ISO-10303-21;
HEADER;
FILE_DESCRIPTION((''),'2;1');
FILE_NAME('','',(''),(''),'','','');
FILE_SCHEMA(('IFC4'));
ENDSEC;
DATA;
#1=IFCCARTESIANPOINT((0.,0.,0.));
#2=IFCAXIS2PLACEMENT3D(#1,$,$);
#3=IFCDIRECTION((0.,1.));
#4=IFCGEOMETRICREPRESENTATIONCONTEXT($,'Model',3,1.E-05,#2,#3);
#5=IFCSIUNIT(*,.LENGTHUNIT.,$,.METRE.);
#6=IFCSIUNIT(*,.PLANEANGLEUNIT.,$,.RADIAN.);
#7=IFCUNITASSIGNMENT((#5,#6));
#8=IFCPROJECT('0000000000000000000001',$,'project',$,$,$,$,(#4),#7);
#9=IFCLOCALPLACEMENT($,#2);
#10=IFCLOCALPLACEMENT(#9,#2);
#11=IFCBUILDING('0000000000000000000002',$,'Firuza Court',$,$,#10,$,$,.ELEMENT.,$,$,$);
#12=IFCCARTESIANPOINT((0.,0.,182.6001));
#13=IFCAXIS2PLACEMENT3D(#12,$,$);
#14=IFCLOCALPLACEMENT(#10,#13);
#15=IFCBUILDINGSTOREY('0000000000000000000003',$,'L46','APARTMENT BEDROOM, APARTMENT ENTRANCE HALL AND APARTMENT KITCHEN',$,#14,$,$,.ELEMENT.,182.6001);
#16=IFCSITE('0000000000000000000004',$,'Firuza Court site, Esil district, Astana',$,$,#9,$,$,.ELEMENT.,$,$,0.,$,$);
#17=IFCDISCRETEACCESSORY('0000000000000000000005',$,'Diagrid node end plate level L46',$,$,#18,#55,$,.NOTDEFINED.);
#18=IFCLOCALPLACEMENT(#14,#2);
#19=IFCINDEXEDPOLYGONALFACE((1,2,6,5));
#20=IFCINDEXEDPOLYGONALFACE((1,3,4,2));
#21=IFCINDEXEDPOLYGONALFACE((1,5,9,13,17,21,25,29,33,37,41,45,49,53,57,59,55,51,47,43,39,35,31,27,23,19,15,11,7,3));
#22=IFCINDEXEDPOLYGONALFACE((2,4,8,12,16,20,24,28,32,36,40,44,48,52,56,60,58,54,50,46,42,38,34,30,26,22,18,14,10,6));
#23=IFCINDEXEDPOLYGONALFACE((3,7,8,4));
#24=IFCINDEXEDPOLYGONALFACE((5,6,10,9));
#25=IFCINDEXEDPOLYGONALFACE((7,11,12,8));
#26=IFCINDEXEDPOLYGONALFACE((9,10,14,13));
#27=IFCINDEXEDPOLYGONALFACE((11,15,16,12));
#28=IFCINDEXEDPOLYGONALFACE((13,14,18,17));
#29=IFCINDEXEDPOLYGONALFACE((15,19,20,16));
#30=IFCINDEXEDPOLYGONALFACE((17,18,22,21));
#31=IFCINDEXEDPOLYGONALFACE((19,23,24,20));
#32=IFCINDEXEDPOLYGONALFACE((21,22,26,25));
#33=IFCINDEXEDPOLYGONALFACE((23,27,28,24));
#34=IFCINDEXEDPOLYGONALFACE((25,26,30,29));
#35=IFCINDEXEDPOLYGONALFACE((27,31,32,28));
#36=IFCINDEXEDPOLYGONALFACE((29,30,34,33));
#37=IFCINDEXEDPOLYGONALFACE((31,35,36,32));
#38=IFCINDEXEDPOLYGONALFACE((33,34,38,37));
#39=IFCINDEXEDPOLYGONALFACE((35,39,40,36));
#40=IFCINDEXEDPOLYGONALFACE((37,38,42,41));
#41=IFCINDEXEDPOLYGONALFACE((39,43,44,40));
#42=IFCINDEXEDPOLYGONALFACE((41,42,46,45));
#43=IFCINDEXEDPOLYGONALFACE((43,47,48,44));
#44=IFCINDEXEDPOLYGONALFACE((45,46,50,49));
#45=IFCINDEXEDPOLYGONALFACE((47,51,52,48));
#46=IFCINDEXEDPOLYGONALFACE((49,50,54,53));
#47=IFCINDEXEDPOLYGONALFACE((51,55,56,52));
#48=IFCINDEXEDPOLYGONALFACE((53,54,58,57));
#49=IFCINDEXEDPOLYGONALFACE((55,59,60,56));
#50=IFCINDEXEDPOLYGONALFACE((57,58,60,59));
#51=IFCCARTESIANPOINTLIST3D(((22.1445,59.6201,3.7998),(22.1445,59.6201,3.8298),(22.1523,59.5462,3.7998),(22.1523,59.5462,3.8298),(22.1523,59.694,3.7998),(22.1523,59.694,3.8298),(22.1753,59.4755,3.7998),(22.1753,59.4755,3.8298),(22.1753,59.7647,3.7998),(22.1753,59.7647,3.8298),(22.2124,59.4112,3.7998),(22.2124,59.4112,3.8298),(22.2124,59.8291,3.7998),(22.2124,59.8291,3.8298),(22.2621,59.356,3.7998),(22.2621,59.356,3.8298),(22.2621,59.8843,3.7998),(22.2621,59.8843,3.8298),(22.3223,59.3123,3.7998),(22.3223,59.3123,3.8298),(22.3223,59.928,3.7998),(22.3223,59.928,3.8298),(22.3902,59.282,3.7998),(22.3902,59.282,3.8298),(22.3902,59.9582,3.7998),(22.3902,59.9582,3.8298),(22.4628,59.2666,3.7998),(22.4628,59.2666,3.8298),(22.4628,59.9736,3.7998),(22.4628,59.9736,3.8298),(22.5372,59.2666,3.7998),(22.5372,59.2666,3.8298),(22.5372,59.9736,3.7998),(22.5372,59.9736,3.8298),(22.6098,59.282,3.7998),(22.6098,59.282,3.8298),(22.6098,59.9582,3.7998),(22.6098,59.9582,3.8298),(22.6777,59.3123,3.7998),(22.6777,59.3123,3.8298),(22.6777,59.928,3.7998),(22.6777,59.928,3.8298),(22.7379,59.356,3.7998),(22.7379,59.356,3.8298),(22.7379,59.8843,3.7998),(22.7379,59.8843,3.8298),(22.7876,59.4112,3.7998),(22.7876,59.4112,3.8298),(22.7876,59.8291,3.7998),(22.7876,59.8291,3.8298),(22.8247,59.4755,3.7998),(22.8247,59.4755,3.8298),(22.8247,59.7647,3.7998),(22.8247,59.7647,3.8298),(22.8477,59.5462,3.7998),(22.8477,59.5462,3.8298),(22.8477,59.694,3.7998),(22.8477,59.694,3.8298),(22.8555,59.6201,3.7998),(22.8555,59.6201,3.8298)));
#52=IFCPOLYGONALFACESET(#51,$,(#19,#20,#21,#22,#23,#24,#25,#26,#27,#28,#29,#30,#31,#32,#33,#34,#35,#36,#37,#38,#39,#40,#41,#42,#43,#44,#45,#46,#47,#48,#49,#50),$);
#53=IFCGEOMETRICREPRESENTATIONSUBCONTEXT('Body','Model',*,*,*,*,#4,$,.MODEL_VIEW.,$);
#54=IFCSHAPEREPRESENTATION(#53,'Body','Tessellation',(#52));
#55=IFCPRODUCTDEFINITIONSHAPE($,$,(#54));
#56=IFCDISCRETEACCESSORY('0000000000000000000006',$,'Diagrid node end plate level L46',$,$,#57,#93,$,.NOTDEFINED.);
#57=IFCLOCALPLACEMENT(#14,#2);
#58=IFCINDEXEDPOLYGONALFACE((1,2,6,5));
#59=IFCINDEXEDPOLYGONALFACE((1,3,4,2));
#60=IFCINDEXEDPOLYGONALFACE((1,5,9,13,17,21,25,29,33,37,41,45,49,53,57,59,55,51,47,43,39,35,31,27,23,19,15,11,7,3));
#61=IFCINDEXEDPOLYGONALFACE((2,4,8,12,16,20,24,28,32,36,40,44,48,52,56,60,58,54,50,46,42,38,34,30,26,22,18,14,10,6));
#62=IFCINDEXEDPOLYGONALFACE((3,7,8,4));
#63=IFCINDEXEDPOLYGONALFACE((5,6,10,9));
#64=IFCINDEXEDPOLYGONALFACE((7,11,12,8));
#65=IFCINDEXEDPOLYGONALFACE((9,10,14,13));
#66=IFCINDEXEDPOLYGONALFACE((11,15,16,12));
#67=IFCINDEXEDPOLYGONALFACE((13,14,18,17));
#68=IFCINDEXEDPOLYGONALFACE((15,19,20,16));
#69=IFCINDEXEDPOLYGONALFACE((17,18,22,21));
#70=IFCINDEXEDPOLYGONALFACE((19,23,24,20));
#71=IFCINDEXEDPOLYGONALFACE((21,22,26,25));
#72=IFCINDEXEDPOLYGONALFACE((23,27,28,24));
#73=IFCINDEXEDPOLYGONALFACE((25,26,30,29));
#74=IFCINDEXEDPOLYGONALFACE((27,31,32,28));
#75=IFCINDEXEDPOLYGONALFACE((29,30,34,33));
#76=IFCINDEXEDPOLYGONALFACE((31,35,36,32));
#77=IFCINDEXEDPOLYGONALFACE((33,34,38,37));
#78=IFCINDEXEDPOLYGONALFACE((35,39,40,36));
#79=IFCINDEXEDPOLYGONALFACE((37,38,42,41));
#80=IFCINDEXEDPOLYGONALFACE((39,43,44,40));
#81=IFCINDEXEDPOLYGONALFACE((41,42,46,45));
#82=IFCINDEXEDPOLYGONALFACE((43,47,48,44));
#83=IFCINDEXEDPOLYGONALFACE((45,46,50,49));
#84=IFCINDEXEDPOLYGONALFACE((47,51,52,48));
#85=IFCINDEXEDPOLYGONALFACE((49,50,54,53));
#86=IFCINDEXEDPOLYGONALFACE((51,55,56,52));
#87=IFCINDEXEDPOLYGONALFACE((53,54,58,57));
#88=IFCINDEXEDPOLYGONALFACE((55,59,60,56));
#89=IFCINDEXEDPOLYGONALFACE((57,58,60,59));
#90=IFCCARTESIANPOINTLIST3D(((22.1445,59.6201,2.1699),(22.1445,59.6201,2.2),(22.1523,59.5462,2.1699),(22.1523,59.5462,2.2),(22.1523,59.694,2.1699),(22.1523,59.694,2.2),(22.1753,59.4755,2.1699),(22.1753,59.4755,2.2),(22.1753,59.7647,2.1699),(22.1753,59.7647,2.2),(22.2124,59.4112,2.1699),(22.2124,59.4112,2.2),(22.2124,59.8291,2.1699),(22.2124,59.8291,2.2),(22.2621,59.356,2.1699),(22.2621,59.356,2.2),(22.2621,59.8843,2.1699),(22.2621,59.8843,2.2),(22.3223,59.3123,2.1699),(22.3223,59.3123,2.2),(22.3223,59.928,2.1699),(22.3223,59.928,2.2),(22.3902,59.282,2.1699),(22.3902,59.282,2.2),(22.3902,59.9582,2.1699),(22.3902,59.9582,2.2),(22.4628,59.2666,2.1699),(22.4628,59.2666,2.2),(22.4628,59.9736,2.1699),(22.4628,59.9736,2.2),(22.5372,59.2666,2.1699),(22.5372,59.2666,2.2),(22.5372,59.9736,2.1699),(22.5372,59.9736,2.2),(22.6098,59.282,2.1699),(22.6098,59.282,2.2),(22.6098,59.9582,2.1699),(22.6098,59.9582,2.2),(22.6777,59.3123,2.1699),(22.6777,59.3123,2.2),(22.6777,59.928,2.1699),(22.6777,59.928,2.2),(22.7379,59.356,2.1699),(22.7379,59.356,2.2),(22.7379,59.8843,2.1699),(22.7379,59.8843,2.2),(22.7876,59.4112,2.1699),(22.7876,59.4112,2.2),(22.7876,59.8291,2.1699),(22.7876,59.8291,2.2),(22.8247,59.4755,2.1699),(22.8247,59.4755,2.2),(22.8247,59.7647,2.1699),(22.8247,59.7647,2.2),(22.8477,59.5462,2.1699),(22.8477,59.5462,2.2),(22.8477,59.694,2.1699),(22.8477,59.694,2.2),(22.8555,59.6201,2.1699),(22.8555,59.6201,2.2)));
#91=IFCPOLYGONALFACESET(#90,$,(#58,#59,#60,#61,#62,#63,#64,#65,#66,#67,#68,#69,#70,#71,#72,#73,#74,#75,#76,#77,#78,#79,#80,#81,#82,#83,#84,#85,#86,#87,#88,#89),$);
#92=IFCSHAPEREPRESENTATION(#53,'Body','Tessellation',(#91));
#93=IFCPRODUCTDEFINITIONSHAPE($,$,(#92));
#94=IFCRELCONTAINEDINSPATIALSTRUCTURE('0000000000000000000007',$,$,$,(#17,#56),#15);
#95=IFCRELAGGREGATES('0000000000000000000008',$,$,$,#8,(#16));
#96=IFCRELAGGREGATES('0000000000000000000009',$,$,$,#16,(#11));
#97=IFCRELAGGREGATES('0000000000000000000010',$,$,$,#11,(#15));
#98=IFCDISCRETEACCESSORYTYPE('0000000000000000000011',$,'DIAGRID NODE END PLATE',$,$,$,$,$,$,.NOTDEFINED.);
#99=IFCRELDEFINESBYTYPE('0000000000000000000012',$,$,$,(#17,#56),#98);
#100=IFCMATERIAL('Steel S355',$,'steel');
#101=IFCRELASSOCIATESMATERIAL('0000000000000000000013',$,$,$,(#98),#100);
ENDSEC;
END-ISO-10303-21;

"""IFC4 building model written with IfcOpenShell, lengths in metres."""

from ifc_helpers import new_model, si_unit, direction, frame, origin, origin_2d, place, context, subcontext, project, spatial, circle, extrude, material, material_profile, profile_set, type_object, element, save


model = new_model("IFC4")

# Units and contexts
model_context = context("Model", 3, precision=1e-05, world=origin(), true_north=direction((0.0, 1.0)))
body_context = subcontext(model_context, "Body", "Model", "MODEL_VIEW")
ifc_project = project(units=[si_unit("LENGTHUNIT", "METRE"), si_unit("PLANEANGLEUNIT", "RADIAN")], contexts=[model_context])

# Site, building, storey
site_placement = place(None, origin())
site = spatial("IfcSite", under=ifc_project, at=site_placement, Name="Firuza Court site, Esil district, Astana", CompositionType="ELEMENT", RefElevation=0.0)
building_placement = place(site_placement, origin())
building = spatial("IfcBuilding", under=site, at=building_placement, Name="Firuza Court", CompositionType="ELEMENT")
storey_placement = place(building_placement, frame((0.0, 0.0, 182.6001)))
storey = spatial("IfcBuildingStorey", under=building, at=storey_placement, Name="L46", Description="APARTMENT BEDROOM, APARTMENT ENTRANCE HALL AND APARTMENT KITCHEN", CompositionType="ELEMENT", Elevation=182.6001)

# Discrete accessories
ifc_material_1 = material(Name="Steel S355", Category="steel")
ifc_material_profile_1 = material_profile(ifc_material_1, circle(Radius=0.3555, at=origin_2d()), Name="PL D711")
ifc_profile_set_1 = profile_set([ifc_material_profile_1], Name="Steel S355")
discrete_accessory_type = type_object("IfcDiscreteAccessoryType", Name="DIAGRID NODE END PLATE", PredefinedType="NOTDEFINED", material=ifc_profile_set_1)
for number, where, z_axis, x_axis, name in (
    (1, (22.5, 59.6201, 3.7998), (0.0, 0.0, 1.0), (1.0, 0.0, 0.0), "Diagrid node end plate level L46"),
    (2, (22.5, 59.6201, 2.1699), (0.0, 0.0, 1.0), (1.0, 0.0, 0.0), "Diagrid node end plate level L46"),
):
    element("IfcDiscreteAccessory", number, at=place(storey_placement, frame(where, z_axis=z_axis, x_axis=x_axis)), inside=storey, type_object=discrete_accessory_type, Name=name, PredefinedType="NOTDEFINED", context=body_context, shape_type="SweptSolid", body=[
        extrude(circle(Radius=0.3555, at=origin_2d()), origin(), (0.0, 0.0, 1.0), 0.03),
    ])

save(model, "model.ifc")
